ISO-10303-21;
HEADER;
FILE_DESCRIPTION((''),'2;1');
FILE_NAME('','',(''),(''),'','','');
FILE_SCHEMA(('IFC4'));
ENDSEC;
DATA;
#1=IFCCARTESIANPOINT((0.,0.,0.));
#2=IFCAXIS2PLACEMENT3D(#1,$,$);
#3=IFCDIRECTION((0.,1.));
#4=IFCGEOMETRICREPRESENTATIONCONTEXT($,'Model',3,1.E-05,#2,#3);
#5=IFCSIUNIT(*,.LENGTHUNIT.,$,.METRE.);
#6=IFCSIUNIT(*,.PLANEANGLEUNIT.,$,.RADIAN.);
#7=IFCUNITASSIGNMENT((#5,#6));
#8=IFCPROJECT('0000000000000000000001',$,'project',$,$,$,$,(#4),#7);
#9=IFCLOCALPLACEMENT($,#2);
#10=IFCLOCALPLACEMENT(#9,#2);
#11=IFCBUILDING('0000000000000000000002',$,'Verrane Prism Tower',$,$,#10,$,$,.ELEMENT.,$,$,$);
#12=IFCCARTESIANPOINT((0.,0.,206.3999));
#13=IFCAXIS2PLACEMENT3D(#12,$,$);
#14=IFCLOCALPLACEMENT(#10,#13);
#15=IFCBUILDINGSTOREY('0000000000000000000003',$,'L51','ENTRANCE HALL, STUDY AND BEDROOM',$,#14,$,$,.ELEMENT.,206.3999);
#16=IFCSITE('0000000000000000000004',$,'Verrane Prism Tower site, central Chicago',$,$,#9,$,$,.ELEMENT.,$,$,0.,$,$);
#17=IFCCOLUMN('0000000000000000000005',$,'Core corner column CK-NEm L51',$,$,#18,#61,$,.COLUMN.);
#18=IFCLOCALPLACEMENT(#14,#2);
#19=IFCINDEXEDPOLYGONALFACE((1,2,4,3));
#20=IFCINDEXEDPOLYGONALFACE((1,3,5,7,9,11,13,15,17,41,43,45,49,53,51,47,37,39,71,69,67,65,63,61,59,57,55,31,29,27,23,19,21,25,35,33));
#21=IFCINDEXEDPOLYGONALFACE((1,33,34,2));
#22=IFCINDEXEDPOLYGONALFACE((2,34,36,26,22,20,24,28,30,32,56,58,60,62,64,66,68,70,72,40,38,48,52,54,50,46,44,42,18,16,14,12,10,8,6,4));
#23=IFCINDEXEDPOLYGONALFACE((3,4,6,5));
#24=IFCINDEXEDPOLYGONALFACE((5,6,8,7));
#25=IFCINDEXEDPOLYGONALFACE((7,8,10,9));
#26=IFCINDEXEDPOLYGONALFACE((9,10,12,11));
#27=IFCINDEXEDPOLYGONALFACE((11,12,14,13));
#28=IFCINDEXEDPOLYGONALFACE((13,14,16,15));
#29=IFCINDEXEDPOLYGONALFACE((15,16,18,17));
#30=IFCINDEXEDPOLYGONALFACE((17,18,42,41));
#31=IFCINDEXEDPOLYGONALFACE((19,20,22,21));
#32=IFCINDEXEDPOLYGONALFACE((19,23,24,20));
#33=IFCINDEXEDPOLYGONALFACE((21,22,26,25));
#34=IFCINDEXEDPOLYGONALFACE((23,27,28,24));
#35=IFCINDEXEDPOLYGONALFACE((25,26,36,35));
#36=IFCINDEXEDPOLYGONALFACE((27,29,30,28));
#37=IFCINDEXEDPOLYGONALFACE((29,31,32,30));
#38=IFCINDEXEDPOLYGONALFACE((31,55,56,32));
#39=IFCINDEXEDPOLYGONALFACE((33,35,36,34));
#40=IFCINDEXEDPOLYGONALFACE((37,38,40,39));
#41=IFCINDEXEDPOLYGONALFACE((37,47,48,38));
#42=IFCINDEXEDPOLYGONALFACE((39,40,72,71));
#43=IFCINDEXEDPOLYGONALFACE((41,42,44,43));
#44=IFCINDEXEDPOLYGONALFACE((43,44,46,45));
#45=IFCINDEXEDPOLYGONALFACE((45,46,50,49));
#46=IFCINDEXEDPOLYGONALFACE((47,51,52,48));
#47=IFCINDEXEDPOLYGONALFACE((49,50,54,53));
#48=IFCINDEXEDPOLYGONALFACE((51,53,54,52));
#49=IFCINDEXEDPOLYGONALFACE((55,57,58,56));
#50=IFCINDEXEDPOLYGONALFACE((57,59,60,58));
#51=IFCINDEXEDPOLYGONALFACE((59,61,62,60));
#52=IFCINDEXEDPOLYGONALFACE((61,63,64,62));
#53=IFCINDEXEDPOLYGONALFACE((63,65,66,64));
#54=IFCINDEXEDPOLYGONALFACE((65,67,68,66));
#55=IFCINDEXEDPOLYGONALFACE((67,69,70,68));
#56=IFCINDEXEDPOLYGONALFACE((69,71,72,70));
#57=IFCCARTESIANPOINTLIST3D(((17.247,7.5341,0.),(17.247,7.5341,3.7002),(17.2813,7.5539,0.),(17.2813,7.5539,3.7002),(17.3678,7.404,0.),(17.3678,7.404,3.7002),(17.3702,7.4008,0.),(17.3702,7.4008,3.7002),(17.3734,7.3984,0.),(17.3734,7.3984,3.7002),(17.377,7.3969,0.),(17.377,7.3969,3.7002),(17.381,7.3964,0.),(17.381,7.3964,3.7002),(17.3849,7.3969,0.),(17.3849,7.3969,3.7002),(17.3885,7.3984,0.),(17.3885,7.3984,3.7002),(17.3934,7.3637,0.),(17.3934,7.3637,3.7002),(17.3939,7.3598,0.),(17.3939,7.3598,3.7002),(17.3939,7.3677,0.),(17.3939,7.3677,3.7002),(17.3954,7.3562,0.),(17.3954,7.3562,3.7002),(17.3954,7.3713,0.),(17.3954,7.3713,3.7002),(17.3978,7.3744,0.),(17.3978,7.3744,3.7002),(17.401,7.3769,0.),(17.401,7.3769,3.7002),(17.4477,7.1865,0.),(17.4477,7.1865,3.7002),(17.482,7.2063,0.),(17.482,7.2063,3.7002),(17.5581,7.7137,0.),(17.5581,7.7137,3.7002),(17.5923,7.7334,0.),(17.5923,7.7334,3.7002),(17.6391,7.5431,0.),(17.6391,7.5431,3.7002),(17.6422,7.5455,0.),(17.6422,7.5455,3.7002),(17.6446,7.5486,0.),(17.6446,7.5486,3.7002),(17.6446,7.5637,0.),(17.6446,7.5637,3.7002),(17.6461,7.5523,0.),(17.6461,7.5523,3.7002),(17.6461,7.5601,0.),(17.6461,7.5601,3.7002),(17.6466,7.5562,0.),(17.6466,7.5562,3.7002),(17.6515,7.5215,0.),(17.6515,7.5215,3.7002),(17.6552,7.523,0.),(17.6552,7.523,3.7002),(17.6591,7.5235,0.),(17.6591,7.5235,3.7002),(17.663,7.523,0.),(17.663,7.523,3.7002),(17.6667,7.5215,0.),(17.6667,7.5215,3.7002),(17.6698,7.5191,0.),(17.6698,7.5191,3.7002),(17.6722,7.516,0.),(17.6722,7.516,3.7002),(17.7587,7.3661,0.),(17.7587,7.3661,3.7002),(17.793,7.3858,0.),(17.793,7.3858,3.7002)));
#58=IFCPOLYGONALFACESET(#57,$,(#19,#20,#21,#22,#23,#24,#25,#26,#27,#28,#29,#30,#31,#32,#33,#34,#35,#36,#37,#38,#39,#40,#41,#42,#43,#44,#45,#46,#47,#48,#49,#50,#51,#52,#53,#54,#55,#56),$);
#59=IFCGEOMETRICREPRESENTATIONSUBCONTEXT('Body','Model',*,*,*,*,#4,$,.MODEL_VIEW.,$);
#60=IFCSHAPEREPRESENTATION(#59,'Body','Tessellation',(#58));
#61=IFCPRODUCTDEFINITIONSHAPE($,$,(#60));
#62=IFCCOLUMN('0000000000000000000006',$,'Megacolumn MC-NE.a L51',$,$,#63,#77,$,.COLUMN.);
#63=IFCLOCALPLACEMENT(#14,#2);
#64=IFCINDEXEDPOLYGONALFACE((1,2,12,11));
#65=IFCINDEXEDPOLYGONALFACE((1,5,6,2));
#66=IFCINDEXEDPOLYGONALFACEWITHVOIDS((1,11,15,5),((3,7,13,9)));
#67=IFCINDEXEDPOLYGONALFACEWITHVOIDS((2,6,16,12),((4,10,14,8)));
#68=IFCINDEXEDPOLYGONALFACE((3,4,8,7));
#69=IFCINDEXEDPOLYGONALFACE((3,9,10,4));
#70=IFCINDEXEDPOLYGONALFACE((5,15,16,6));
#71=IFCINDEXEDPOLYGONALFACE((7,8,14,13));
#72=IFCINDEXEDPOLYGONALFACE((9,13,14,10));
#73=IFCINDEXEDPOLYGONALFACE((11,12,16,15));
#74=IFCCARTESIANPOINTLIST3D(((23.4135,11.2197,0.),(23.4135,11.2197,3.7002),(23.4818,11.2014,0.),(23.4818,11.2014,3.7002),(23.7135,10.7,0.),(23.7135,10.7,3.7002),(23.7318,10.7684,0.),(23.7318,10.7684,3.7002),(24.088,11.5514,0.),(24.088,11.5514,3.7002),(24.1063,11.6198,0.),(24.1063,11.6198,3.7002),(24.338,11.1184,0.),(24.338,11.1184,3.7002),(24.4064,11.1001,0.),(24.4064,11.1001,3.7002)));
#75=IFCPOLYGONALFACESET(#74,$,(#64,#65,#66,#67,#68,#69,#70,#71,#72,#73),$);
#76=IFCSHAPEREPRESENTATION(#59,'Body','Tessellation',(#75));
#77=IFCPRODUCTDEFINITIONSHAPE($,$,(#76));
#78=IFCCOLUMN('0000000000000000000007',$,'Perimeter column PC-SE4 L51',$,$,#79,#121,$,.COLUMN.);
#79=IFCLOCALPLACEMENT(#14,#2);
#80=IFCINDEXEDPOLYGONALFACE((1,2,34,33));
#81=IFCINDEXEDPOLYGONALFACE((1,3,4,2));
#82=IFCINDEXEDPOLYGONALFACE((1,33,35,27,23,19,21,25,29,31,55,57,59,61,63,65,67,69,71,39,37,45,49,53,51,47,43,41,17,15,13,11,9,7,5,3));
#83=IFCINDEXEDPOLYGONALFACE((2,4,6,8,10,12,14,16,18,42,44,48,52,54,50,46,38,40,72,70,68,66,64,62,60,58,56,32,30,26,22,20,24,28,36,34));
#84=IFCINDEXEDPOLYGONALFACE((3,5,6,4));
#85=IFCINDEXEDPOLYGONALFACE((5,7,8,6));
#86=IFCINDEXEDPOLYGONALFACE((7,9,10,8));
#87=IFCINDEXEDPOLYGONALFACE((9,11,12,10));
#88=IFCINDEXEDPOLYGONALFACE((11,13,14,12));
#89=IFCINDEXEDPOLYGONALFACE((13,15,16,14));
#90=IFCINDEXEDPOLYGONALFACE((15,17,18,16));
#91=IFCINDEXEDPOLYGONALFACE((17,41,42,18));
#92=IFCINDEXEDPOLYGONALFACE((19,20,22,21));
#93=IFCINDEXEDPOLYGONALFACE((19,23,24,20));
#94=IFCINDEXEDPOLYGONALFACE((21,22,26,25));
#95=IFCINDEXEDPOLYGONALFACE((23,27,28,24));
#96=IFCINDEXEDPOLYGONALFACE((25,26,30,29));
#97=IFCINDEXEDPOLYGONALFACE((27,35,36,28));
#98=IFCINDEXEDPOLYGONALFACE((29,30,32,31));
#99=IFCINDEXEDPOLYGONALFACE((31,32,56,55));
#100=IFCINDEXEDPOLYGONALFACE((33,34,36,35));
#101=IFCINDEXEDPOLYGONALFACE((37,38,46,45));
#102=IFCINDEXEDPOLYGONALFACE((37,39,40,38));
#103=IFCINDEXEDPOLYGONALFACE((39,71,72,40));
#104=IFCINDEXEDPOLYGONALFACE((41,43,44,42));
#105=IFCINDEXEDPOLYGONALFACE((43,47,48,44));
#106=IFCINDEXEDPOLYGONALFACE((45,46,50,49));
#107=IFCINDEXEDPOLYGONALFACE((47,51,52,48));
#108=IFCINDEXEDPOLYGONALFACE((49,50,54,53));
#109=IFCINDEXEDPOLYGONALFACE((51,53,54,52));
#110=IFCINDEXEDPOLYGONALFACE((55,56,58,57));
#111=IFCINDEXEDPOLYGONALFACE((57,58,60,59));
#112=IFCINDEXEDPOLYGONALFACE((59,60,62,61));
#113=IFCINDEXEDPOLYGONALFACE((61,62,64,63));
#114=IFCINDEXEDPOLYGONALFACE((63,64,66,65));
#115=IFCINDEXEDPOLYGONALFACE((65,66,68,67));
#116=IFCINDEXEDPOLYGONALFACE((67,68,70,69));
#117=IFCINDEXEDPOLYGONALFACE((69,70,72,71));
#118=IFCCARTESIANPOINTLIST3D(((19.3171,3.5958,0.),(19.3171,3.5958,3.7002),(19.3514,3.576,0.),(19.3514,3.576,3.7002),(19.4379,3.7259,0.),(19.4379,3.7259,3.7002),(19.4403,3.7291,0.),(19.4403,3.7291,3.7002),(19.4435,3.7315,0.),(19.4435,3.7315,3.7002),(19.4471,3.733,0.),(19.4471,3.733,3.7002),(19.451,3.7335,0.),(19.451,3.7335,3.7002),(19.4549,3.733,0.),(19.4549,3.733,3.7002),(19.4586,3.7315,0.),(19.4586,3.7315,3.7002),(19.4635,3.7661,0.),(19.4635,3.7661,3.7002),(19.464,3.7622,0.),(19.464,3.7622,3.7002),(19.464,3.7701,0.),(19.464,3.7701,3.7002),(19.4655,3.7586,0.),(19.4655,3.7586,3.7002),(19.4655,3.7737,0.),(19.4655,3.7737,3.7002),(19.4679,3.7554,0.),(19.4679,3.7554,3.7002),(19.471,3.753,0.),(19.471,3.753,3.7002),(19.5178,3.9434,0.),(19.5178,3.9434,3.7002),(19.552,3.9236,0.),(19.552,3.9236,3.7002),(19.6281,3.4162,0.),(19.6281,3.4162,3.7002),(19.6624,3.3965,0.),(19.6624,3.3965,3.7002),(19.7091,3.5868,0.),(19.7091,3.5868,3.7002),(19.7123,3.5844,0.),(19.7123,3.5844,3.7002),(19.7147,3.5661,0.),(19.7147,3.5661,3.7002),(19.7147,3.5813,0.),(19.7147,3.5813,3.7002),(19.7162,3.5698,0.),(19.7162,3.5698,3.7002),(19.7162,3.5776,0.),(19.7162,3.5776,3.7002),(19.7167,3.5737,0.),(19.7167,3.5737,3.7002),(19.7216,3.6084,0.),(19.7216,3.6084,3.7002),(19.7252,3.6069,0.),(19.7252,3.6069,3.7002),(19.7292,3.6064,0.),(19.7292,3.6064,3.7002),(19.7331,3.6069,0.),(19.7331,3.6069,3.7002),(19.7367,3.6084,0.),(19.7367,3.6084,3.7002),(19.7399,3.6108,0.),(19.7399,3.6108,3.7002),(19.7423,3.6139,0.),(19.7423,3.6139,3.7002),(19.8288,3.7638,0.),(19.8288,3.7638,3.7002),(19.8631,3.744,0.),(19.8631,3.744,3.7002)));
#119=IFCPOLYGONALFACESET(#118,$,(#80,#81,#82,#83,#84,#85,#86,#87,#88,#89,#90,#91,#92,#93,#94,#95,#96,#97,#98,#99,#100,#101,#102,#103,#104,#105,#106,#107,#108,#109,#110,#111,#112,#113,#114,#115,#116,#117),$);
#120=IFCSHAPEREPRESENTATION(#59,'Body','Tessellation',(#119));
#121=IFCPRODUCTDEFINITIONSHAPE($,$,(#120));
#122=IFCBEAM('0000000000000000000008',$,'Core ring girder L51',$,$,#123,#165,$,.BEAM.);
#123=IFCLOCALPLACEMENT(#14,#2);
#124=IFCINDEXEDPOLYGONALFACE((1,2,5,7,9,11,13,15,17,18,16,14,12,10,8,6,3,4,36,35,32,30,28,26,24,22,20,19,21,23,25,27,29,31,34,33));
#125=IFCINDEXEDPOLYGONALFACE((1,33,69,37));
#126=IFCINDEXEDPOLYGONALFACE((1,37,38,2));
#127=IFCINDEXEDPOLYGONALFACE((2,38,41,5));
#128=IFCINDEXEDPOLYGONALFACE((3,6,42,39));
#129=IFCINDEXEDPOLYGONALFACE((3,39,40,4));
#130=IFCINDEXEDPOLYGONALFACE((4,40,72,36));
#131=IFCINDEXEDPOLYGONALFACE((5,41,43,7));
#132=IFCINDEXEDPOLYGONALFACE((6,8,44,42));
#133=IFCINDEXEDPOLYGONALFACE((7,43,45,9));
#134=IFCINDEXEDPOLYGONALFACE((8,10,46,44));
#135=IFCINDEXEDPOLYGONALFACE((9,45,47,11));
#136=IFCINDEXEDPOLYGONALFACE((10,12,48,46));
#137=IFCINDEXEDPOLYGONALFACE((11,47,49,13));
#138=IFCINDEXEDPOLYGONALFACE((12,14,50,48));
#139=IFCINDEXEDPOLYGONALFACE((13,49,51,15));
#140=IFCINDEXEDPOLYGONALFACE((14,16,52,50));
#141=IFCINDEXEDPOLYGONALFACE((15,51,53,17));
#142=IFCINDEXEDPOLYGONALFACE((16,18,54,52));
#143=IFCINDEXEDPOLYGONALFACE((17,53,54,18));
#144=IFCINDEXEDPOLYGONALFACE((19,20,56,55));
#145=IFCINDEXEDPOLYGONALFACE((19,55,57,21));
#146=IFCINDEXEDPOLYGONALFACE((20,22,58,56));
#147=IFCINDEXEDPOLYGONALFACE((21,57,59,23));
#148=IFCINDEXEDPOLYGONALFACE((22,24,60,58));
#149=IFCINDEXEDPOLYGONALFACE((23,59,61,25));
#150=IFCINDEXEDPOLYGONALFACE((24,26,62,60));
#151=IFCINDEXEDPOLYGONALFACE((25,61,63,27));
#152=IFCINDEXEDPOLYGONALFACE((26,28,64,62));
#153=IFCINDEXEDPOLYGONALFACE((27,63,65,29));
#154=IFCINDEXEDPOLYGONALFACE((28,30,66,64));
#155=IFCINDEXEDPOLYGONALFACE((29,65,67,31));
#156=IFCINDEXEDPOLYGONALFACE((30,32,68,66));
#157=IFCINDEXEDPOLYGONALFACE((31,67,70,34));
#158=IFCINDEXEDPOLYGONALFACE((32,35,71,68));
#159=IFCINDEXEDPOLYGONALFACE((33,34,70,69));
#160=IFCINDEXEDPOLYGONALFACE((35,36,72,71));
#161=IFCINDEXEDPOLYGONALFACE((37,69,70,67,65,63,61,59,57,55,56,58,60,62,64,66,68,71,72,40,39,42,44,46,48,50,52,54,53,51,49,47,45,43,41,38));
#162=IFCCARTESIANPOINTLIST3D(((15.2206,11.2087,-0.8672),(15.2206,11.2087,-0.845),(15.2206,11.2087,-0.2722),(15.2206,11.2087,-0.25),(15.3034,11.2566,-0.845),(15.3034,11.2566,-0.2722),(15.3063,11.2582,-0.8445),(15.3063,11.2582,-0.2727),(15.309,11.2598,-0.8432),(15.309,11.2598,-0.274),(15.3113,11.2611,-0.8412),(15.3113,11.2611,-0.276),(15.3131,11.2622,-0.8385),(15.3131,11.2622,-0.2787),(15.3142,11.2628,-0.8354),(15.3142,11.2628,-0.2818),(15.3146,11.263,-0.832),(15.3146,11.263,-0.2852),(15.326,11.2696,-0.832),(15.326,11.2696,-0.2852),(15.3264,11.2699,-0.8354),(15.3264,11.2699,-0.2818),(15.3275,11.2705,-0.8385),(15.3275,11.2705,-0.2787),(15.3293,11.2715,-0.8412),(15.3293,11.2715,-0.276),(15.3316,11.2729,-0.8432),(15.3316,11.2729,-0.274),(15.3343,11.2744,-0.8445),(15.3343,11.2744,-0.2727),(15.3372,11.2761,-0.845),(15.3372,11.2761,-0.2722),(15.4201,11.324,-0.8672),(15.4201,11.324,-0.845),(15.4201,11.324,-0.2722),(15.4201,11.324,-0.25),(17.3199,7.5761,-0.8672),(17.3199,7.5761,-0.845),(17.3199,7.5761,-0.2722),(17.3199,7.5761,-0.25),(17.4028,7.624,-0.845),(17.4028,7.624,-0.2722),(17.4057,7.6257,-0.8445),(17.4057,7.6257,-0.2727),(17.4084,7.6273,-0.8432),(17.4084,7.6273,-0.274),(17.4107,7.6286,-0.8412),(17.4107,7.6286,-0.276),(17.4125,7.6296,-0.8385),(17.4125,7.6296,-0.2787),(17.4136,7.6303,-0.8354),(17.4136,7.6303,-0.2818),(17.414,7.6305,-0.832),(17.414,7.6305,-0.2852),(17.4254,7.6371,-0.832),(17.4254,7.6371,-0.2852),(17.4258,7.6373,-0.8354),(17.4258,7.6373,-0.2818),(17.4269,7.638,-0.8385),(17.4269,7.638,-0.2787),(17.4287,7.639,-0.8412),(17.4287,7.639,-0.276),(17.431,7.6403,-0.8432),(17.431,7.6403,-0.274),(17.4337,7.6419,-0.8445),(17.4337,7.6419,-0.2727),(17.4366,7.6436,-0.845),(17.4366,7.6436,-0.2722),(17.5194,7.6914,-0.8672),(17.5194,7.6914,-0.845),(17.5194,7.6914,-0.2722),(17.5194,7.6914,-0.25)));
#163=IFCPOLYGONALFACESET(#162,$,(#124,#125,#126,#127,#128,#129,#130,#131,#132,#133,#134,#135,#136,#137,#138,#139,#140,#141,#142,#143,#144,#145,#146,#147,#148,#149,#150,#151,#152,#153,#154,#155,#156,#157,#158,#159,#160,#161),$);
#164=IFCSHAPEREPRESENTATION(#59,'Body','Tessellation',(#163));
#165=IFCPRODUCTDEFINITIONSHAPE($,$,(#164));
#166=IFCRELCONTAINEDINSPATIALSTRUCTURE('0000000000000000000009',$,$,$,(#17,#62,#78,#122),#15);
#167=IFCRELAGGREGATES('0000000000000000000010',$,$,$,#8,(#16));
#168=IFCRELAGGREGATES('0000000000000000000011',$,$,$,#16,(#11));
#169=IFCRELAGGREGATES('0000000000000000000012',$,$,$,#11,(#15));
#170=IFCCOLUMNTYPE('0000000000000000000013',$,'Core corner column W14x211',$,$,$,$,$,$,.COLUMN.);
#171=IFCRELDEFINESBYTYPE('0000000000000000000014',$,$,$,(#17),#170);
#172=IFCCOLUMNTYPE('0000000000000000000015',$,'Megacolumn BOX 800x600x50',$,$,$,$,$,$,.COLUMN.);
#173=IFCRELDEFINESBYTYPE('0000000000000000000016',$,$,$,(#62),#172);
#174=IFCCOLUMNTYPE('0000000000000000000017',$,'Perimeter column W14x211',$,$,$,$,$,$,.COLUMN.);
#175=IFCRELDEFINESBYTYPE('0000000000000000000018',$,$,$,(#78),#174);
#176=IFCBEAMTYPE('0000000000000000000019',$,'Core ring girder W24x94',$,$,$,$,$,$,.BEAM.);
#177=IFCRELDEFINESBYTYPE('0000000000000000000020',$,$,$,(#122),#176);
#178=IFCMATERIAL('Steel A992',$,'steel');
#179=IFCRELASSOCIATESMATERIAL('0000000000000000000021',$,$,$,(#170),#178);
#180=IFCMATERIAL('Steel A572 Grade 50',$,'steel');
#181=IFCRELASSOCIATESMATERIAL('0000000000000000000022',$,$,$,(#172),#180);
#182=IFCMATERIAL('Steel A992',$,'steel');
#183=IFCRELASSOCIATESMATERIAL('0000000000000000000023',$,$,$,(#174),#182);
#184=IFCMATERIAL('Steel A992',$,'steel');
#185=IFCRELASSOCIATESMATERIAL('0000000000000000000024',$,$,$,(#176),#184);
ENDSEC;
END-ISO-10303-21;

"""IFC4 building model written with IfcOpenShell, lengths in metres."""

from ifc_helpers import new_model, si_unit, direction, frame, origin, origin_2d, place, context, subcontext, project, spatial, hollow_rectangle, i_section, extrude, material, material_profile, profile_set, type_object, element, save


model = new_model("IFC4")

# Units and contexts
model_context = context("Model", 3, precision=1e-05, world=origin(), true_north=direction((0.0, 1.0)))
body_context = subcontext(model_context, "Body", "Model", "MODEL_VIEW")
ifc_project = project(units=[si_unit("LENGTHUNIT", "METRE"), si_unit("PLANEANGLEUNIT", "RADIAN")], contexts=[model_context])

# Site, building, storey
site_placement = place(None, origin())
site = spatial("IfcSite", under=ifc_project, at=site_placement, Name="Verrane Prism Tower site, central Chicago", CompositionType="ELEMENT", RefElevation=0.0)
building_placement = place(site_placement, origin())
building = spatial("IfcBuilding", under=site, at=building_placement, Name="Verrane Prism Tower", CompositionType="ELEMENT")
storey_placement = place(building_placement, frame((0.0, 0.0, 206.3999)))
storey = spatial("IfcBuildingStorey", under=building, at=storey_placement, Name="L51", Description="ENTRANCE HALL, STUDY AND BEDROOM", CompositionType="ELEMENT", Elevation=206.3999)

# Columns
ifc_material_1 = material(Name="Steel A992", Category="steel")
ifc_material_profile_1 = material_profile(ifc_material_1, i_section(OverallWidth=0.4014, OverallDepth=0.3987, WebThickness=0.0249, FlangeThickness=0.0396, FilletRadius=0.0151, at=origin_2d()), Name="W14x211")
ifc_profile_set_1 = profile_set([ifc_material_profile_1], Name="Steel A992")
column_type_1 = type_object("IfcColumnType", Name="Core corner column W14x211", PredefinedType="COLUMN", material=ifc_profile_set_1)
column_1_placement = place(storey_placement, frame((17.52, 7.46, 0.0), z_axis=(0.0, 0.0, 1.0), x_axis=(0.5, -0.866025, 0.0)))
element("IfcColumn", 1, at=column_1_placement, inside=storey, type_object=column_type_1, Name="Core corner column CK-NEm L51", PredefinedType="COLUMN", context=body_context, shape_type="SweptSolid", body=[
    extrude(i_section(OverallWidth=0.4014, OverallDepth=0.3987, WebThickness=0.0249, FlangeThickness=0.0396, FilletRadius=0.0151, at=origin_2d()), origin(), (0.0, 0.0, 1.0), 3.7002),
])
ifc_material_2 = material(Name="Steel A572 Grade 50", Category="steel")
ifc_material_profile_2 = material_profile(ifc_material_2, hollow_rectangle(XDim=0.6001, YDim=0.8, WallThickness=0.05, at=origin_2d()), Name="BOX 800x600x50")
ifc_profile_set_2 = profile_set([ifc_material_profile_2], Name="Steel A572 Grade 50")
column_type_2 = type_object("IfcColumnType", Name="Megacolumn BOX 800x600x50", PredefinedType="COLUMN", material=ifc_profile_set_2)
column_2_placement = place(storey_placement, frame((23.9099, 11.1599, 0.0), z_axis=(0.0, 0.0, 1.0), x_axis=(0.5, -0.866025, 0.0)))
element("IfcColumn", 2, at=column_2_placement, inside=storey, type_object=column_type_2, Name="Megacolumn MC-NE.a L51", PredefinedType="COLUMN", context=body_context, shape_type="SweptSolid", body=[
    extrude(hollow_rectangle(XDim=0.6001, YDim=0.8, WallThickness=0.05, at=origin_2d()), origin(), (0.0, 0.0, 1.0), 3.7002),
])
ifc_material_3 = material(Name="Steel A992", Category="steel")
ifc_material_profile_3 = material_profile(ifc_material_3, i_section(OverallWidth=0.4014, OverallDepth=0.3987, WebThickness=0.0249, FlangeThickness=0.0396, FilletRadius=0.0151, at=origin_2d()), Name="W14x211")
ifc_profile_set_3 = profile_set([ifc_material_profile_3], Name="Steel A992")
column_type_3 = type_object("IfcColumnType", Name="Perimeter column W14x211", PredefinedType="COLUMN", material=ifc_profile_set_3)
column_3_placement = place(storey_placement, frame((19.5901, 3.6699, 0.0), z_axis=(0.0, 0.0, 1.0), x_axis=(-0.5, -0.866025, 0.0)))
element("IfcColumn", 3, at=column_3_placement, inside=storey, type_object=column_type_3, Name="Perimeter column PC-SE4 L51", PredefinedType="COLUMN", context=body_context, shape_type="SweptSolid", body=[
    extrude(i_section(OverallWidth=0.4014, OverallDepth=0.3987, WebThickness=0.0249, FlangeThickness=0.0396, FilletRadius=0.0151, at=origin_2d()), origin(), (0.0, 0.0, 1.0), 3.7002),
])

# Beam
ifc_material_4 = material(Name="Steel A992", Category="steel")
ifc_material_profile_4 = material_profile(ifc_material_4, i_section(OverallWidth=0.2305, OverallDepth=0.6172, WebThickness=0.0132, FlangeThickness=0.0222, FilletRadius=0.0129, at=origin_2d()), Name="W24x94")
ifc_profile_set_4 = profile_set([ifc_material_profile_4], Name="Steel A992")
beam_type_1 = type_object("IfcBeamType", Name="Core ring girder W24x94", PredefinedType="BEAM", material=ifc_profile_set_4)
beam_1_placement = place(storey_placement, frame((17.4197, 7.6338, -0.5586), z_axis=(-0.500376, 0.865808, 0.0), x_axis=(-0.865808, -0.500376, 0.0)))
element("IfcBeam", 4, at=beam_1_placement, inside=storey, type_object=beam_type_1, Name="Core ring girder L51", PredefinedType="BEAM", context=body_context, shape_type="SweptSolid", body=[
    extrude(i_section(OverallWidth=0.2305, OverallDepth=0.6172, WebThickness=0.0132, FlangeThickness=0.0222, FilletRadius=0.0129, at=origin_2d()), origin(), (0.0, 0.0, 1.0), 4.1956),
])

save(model, "model.ifc")
